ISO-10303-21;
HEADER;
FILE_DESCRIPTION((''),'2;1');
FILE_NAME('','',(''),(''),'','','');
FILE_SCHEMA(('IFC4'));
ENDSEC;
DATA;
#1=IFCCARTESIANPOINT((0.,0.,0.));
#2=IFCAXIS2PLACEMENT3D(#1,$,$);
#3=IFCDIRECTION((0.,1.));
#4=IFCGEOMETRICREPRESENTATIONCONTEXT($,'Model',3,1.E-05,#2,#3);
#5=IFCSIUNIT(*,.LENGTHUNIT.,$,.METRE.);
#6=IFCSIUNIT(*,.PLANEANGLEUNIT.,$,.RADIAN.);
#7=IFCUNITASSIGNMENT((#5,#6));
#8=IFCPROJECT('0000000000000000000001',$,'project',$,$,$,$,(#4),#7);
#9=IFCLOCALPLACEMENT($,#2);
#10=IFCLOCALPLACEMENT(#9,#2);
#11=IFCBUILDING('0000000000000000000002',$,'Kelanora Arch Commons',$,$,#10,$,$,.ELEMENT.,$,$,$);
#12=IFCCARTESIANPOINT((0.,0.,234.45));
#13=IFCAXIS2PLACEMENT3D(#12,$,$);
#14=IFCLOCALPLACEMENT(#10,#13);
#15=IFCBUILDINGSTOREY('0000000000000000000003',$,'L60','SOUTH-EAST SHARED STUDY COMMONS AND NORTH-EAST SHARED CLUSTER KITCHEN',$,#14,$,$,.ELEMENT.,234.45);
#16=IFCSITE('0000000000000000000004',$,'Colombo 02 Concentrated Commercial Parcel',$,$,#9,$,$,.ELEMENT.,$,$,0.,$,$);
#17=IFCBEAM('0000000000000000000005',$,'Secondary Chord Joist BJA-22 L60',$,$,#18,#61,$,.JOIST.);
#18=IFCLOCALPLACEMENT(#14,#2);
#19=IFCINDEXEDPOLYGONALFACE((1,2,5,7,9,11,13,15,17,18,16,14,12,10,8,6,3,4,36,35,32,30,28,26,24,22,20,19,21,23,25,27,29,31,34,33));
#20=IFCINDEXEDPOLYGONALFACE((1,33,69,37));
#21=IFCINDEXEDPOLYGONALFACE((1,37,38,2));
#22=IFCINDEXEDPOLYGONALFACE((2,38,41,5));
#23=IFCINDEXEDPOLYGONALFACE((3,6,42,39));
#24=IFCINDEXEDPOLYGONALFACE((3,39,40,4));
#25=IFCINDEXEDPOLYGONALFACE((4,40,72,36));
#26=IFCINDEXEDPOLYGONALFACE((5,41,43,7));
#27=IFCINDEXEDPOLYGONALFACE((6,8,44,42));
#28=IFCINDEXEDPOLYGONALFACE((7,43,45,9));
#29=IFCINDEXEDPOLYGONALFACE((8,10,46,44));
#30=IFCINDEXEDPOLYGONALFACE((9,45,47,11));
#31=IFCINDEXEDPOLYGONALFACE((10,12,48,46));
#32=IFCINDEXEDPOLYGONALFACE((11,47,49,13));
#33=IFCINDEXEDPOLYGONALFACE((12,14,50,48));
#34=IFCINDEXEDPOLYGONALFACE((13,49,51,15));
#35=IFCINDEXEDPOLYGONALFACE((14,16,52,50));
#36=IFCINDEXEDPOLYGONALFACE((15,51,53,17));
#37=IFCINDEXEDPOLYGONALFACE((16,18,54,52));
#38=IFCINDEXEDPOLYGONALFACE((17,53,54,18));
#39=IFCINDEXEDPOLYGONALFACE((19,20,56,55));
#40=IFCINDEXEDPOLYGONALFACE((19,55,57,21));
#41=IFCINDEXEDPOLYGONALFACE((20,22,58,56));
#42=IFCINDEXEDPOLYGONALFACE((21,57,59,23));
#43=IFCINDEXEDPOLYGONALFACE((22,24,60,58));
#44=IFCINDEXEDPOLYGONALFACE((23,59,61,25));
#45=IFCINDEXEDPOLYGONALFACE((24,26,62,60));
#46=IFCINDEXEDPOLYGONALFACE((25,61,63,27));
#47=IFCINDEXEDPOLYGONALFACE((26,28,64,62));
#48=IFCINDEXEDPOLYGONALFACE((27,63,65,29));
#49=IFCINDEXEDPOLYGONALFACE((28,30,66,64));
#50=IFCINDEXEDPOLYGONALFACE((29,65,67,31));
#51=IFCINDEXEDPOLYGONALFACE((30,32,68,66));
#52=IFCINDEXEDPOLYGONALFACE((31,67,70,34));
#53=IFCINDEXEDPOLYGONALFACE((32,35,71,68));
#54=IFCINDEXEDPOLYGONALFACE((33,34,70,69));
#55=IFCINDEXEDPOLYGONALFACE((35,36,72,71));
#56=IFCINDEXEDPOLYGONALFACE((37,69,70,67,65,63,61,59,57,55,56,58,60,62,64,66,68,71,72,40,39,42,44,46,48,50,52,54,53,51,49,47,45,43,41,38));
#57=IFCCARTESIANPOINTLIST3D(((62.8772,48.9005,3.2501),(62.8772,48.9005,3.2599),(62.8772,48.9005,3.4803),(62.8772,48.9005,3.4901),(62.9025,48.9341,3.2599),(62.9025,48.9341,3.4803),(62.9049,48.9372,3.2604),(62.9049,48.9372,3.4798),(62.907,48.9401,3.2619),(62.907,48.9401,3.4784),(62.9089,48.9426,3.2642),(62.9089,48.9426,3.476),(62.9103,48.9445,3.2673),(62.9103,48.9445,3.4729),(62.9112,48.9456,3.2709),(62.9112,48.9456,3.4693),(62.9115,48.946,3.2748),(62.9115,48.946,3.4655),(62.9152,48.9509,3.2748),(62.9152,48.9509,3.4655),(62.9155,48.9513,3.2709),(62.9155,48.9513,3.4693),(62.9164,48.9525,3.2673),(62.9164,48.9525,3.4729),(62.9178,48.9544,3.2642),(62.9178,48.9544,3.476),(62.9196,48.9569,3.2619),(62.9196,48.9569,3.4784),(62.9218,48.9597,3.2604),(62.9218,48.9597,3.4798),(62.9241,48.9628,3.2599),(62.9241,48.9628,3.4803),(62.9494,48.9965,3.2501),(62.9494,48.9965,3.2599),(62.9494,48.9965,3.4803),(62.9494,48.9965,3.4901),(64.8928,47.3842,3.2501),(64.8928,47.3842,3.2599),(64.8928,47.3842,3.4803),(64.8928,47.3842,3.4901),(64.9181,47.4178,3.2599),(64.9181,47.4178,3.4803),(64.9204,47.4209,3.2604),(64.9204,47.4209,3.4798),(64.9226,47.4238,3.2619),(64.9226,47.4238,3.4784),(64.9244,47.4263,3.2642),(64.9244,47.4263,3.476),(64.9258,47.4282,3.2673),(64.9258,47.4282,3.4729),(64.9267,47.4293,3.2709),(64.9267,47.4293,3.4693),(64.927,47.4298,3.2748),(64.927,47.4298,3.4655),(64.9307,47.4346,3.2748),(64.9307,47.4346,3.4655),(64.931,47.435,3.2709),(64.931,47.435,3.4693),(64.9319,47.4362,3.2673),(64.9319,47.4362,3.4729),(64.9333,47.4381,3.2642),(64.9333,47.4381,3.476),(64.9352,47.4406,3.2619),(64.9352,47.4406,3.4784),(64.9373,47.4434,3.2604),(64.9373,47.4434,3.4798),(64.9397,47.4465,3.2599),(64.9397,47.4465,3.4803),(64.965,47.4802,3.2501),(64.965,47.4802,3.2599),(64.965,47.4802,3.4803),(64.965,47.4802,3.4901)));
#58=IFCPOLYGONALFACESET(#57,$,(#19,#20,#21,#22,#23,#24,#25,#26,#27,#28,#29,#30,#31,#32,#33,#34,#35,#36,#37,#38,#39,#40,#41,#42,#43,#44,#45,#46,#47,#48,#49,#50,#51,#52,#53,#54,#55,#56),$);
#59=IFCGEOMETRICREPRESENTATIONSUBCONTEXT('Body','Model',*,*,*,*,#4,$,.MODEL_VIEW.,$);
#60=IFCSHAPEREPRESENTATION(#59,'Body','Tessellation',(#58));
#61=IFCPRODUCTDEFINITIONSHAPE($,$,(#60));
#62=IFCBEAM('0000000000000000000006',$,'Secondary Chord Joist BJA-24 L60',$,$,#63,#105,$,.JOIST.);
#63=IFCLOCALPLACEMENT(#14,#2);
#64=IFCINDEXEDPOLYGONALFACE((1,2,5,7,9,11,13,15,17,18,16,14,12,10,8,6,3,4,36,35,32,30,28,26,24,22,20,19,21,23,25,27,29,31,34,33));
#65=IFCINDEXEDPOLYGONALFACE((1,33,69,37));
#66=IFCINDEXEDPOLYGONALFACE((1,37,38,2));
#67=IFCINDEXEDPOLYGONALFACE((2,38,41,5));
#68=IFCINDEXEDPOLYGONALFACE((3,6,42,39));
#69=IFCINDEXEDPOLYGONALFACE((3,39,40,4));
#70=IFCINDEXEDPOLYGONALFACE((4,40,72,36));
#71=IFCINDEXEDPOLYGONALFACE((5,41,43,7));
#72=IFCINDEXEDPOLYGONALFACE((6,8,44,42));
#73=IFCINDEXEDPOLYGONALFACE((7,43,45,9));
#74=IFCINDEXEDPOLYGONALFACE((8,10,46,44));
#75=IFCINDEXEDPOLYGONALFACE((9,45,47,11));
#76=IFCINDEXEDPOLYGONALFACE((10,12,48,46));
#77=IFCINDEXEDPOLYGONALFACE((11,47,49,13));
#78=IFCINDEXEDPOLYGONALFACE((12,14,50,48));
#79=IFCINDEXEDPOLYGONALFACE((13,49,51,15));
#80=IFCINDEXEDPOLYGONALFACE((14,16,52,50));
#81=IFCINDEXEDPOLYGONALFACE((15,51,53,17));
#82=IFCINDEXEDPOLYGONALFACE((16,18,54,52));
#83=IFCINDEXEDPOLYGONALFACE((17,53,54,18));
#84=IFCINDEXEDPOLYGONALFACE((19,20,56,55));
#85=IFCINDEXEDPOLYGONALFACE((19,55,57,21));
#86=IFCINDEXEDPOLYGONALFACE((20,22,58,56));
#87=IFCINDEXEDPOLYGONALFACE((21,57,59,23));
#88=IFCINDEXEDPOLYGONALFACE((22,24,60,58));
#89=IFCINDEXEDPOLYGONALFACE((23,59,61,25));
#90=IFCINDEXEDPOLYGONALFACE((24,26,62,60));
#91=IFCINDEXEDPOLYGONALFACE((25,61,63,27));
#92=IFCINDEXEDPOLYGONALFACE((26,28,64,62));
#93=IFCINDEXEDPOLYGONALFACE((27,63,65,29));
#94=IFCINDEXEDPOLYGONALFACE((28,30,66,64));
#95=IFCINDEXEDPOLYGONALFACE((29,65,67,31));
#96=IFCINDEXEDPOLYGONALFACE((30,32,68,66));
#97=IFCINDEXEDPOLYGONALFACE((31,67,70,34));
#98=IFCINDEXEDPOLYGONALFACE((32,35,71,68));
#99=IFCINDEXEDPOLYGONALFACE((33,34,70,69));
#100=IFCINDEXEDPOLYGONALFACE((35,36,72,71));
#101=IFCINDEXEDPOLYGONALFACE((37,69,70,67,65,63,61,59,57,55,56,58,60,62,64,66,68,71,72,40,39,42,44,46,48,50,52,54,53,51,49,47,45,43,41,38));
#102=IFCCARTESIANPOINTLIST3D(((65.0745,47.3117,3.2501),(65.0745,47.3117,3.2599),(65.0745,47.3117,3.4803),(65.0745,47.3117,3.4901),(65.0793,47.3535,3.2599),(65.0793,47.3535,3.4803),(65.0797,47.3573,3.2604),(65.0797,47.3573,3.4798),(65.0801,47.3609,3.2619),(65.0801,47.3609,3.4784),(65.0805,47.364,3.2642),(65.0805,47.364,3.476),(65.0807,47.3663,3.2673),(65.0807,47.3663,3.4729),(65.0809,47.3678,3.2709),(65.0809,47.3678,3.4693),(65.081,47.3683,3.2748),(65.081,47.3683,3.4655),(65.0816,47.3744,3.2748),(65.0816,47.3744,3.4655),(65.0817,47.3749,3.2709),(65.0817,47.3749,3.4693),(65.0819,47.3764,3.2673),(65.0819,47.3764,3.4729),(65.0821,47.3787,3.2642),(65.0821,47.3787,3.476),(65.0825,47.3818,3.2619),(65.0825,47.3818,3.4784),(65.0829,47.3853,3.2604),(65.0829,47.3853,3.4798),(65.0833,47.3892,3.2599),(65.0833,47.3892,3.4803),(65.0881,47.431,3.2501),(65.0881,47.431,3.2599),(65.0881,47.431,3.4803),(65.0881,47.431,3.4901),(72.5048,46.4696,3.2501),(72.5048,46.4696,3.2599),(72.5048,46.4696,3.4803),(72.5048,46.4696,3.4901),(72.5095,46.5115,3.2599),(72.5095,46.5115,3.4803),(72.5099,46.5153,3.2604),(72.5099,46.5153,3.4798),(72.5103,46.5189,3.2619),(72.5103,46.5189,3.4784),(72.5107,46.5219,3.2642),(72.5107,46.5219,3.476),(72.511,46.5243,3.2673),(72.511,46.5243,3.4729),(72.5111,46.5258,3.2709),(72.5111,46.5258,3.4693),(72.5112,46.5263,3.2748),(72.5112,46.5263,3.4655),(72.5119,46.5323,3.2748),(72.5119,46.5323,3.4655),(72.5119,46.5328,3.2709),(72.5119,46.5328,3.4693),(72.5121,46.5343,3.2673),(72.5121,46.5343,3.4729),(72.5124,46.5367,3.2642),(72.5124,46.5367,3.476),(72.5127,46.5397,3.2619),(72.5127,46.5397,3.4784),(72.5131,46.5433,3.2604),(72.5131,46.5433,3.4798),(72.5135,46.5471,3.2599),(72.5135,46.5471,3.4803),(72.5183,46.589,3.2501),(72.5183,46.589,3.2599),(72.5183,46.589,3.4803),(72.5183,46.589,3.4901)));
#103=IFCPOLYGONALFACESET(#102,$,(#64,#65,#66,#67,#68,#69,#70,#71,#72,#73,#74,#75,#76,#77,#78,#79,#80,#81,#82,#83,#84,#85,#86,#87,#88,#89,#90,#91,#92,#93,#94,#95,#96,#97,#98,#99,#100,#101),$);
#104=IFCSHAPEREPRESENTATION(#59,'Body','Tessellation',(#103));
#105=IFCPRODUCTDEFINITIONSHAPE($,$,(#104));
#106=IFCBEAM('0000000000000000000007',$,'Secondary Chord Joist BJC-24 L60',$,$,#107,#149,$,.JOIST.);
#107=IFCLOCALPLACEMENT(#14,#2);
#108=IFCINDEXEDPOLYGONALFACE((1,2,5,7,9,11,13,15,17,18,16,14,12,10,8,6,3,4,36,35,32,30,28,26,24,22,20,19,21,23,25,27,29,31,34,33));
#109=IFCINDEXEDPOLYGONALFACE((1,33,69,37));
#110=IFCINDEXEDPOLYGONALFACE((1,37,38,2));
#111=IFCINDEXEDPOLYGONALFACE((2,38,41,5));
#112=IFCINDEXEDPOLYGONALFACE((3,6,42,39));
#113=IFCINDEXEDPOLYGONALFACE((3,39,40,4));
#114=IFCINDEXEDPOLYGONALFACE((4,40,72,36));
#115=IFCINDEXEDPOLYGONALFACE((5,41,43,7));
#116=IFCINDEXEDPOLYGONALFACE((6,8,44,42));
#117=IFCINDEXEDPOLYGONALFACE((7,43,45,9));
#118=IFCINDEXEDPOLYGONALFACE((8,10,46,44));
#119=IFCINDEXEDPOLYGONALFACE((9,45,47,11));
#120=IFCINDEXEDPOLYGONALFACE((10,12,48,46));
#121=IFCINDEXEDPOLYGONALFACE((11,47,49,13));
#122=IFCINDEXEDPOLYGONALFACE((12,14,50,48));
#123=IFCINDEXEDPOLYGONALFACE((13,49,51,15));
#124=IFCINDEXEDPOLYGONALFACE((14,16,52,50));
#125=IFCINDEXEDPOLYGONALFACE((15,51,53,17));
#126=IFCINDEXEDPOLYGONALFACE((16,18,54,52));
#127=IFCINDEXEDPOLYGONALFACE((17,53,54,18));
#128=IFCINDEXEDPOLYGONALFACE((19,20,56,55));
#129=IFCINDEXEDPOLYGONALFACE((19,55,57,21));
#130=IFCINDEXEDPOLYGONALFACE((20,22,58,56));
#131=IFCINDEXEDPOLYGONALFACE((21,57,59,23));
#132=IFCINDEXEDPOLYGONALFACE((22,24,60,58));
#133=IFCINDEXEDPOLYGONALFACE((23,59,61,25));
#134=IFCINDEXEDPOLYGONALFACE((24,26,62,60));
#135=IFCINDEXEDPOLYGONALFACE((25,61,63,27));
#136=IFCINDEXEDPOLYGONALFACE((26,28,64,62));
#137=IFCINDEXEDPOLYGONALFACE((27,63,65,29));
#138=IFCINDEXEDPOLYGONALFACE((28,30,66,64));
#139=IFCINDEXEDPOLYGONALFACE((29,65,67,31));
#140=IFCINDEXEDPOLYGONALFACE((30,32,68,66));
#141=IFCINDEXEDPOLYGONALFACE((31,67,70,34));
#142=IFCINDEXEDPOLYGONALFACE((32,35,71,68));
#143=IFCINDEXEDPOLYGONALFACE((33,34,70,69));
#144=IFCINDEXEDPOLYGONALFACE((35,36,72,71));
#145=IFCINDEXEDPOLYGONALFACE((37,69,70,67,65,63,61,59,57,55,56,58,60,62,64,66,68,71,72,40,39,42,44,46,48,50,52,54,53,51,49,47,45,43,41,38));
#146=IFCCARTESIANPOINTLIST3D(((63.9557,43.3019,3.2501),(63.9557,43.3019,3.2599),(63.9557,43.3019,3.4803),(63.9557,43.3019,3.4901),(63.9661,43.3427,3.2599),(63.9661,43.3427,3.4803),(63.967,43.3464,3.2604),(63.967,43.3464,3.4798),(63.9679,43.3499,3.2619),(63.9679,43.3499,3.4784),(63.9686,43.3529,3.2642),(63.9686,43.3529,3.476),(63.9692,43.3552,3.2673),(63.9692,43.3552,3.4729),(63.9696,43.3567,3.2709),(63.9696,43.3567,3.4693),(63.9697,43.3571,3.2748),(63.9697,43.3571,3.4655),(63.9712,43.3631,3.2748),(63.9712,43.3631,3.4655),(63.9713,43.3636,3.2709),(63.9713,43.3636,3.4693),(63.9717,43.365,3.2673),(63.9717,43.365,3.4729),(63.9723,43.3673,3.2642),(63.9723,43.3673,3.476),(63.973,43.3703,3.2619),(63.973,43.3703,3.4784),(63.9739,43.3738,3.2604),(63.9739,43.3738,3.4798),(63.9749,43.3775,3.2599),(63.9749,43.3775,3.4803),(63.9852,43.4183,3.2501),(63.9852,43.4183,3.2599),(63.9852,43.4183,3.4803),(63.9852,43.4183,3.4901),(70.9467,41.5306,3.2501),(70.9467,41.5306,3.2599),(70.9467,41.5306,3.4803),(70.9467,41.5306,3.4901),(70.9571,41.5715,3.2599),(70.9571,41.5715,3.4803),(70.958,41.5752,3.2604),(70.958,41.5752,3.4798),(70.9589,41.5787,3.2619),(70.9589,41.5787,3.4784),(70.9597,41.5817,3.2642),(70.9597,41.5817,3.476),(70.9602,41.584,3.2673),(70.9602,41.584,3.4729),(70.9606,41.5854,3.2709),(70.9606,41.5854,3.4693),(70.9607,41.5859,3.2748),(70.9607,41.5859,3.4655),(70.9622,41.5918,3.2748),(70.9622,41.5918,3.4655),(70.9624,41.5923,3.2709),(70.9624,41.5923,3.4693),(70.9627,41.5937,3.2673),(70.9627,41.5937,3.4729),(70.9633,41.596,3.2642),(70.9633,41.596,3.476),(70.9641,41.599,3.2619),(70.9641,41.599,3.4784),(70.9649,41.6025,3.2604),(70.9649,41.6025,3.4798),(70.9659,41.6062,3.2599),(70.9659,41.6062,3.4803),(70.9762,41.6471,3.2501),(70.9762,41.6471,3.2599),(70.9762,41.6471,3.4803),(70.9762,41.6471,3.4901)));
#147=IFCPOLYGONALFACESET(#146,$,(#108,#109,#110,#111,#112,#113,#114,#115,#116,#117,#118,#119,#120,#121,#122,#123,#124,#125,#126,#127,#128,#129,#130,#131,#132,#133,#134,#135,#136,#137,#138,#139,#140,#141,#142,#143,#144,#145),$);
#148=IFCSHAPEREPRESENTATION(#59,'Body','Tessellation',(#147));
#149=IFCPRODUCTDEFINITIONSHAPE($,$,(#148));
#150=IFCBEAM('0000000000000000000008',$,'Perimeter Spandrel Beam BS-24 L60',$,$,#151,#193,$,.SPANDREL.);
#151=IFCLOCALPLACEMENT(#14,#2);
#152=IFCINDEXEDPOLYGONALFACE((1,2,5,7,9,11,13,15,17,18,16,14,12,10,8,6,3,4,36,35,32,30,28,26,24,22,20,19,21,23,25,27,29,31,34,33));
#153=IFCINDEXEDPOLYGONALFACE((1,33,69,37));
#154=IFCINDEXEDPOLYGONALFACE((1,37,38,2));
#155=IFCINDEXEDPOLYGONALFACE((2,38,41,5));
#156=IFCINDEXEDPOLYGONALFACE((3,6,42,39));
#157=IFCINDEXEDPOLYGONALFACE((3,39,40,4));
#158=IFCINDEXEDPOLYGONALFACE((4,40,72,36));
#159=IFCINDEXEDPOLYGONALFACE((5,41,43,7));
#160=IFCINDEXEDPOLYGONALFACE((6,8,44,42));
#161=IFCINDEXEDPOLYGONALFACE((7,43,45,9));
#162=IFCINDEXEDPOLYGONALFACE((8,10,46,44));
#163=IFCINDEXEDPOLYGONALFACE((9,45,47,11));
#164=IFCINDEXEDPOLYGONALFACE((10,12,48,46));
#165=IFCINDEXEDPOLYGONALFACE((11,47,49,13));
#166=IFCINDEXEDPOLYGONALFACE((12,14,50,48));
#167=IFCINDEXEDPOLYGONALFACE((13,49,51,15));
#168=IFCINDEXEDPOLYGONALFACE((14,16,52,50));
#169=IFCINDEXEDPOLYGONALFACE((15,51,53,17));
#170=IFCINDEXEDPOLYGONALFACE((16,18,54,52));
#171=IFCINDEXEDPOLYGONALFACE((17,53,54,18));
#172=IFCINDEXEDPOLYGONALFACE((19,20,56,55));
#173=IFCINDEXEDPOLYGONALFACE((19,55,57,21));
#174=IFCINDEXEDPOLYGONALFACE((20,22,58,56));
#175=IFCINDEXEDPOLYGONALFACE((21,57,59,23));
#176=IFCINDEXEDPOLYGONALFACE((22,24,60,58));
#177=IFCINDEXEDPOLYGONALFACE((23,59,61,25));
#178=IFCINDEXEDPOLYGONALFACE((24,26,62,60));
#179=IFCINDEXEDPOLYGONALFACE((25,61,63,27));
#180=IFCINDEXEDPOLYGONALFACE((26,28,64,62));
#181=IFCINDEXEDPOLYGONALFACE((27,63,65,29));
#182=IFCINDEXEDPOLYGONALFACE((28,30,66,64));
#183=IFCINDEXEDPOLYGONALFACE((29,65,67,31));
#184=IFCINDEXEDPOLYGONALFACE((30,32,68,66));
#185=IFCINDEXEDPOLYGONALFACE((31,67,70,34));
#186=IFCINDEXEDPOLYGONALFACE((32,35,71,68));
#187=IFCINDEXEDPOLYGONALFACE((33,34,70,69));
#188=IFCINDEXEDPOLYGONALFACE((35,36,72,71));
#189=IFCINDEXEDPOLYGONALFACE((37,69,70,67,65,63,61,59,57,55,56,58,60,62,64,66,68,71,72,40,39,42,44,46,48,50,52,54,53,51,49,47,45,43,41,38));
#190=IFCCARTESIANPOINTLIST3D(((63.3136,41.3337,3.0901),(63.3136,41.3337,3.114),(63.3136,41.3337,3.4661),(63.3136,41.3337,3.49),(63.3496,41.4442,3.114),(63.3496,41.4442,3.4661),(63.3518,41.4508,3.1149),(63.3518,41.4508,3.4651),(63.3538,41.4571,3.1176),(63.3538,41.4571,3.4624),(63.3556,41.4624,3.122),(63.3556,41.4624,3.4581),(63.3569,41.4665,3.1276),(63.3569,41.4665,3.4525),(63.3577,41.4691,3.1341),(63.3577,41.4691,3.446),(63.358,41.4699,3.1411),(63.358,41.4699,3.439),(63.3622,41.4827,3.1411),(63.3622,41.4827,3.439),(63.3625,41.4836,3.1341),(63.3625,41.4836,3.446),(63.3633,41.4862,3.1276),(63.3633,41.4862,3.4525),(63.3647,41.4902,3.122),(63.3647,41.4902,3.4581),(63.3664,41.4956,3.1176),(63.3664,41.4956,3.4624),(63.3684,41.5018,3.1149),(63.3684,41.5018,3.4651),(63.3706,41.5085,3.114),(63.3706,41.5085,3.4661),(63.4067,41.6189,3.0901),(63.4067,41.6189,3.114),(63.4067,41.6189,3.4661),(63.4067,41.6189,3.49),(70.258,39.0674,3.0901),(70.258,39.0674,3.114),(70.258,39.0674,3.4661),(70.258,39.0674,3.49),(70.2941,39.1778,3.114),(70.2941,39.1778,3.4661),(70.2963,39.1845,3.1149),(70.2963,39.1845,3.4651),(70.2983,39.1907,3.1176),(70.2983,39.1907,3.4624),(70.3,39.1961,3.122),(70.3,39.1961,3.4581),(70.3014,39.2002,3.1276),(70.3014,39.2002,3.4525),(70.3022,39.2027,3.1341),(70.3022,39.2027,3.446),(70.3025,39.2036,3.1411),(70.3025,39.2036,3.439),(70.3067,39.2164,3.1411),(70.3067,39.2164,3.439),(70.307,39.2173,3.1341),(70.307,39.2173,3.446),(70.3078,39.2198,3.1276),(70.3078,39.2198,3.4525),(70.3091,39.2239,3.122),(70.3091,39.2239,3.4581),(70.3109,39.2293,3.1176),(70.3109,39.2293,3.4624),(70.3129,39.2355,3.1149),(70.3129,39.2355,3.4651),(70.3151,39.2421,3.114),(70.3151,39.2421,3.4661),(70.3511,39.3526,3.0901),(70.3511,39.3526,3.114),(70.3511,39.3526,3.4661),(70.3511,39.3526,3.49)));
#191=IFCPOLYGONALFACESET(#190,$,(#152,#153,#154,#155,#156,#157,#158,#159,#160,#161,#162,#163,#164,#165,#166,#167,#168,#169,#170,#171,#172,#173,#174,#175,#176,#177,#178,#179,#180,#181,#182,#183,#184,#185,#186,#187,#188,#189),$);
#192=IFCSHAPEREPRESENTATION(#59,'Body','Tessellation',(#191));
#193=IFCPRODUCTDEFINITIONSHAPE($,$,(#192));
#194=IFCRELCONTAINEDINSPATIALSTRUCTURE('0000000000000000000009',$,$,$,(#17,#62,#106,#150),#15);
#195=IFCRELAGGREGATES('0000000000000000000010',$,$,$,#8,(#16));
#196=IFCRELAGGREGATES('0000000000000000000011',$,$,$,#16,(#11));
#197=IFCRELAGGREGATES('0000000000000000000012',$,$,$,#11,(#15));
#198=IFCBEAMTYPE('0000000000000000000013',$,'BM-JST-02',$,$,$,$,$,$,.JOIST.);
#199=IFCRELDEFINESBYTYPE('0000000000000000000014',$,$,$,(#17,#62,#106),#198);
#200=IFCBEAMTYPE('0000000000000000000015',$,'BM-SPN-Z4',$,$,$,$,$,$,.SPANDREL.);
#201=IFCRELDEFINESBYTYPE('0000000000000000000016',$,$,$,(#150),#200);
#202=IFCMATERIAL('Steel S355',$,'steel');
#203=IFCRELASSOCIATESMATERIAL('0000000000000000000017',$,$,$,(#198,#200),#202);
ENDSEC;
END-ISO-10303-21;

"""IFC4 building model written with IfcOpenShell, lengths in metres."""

from ifc_helpers import new_model, si_unit, direction, frame, origin, origin_2d, place, context, subcontext, project, spatial, i_section, extrude, material, material_profile, profile_set, type_object, element, save


model = new_model("IFC4")

# Units and contexts
model_context = context("Model", 3, precision=1e-05, world=origin(), true_north=direction((0.0, 1.0)))
body_context = subcontext(model_context, "Body", "Model", "MODEL_VIEW")
ifc_project = project(units=[si_unit("LENGTHUNIT", "METRE"), si_unit("PLANEANGLEUNIT", "RADIAN")], contexts=[model_context])

# Site, building, storey
site_placement = place(None, origin())
site = spatial("IfcSite", under=ifc_project, at=site_placement, Name="Colombo 02 Concentrated Commercial Parcel", CompositionType="ELEMENT", RefElevation=0.0)
building_placement = place(site_placement, origin())
building = spatial("IfcBuilding", under=site, at=building_placement, Name="Kelanora Arch Commons", CompositionType="ELEMENT")
storey_placement = place(building_placement, frame((0.0, 0.0, 234.45)))
storey = spatial("IfcBuildingStorey", under=building, at=storey_placement, Name="L60", Description="SOUTH-EAST SHARED STUDY COMMONS AND NORTH-EAST SHARED CLUSTER KITCHEN", CompositionType="ELEMENT", Elevation=234.45)

# Beams
ifc_material_1 = material(Name="Steel S355", Category="steel")
ifc_material_profile_1 = material_profile(ifc_material_1, i_section(OverallWidth=0.1201, OverallDepth=0.24, WebThickness=0.0061, FlangeThickness=0.0098, FilletRadius=0.0149, at=origin_2d()), Name="IPE240")
ifc_profile_set_1 = profile_set([ifc_material_profile_1], Name="Steel S355")
beam_type_1 = type_object("IfcBeamType", Name="BM-JST-02", PredefinedType="JOIST", material=ifc_profile_set_1)
beam_1_placement = place(storey_placement, frame((62.9133, 48.9485, 3.3701), z_axis=(0.799116, -0.601176, 0.0), x_axis=(0.601176, 0.799116, 0.0)))
element("IfcBeam", 1, at=beam_1_placement, inside=storey, type_object=beam_type_1, Name="Secondary Chord Joist BJA-22 L60", PredefinedType="JOIST", context=body_context, shape_type="SweptSolid", body=[
    extrude(i_section(OverallWidth=0.1201, OverallDepth=0.24, WebThickness=0.0061, FlangeThickness=0.0098, FilletRadius=0.0149, at=origin_2d()), origin(), (0.0, 0.0, 1.0), 2.5222),
])
beam_2_placement = place(storey_placement, frame((65.0813, 47.3713, 3.3701), z_axis=(0.99364, -0.112606, 0.0), x_axis=(0.112606, 0.99364, 0.0)))
element("IfcBeam", 2, at=beam_2_placement, inside=storey, type_object=beam_type_1, Name="Secondary Chord Joist BJA-24 L60", PredefinedType="JOIST", context=body_context, shape_type="SweptSolid", body=[
    extrude(i_section(OverallWidth=0.1201, OverallDepth=0.24, WebThickness=0.0061, FlangeThickness=0.0098, FilletRadius=0.0149, at=origin_2d()), origin(), (0.0, 0.0, 1.0), 7.4778),
])
beam_3_placement = place(storey_placement, frame((63.9705, 43.3601, 3.3701), z_axis=(0.969371, -0.245601, 0.0), x_axis=(0.245601, 0.969371, 0.0)))
element("IfcBeam", 3, at=beam_3_placement, inside=storey, type_object=beam_type_1, Name="Secondary Chord Joist BJC-24 L60", PredefinedType="JOIST", context=body_context, shape_type="SweptSolid", body=[
    extrude(i_section(OverallWidth=0.1201, OverallDepth=0.24, WebThickness=0.0061, FlangeThickness=0.0098, FilletRadius=0.0149, at=origin_2d()), origin(), (0.0, 0.0, 1.0), 7.2119),
])
ifc_material_profile_2 = material_profile(ifc_material_1, i_section(OverallWidth=0.3, OverallDepth=0.3999, WebThickness=0.0134, FlangeThickness=0.0239, FilletRadius=0.0271, at=origin_2d()), Name="HEB400")
ifc_profile_set_2 = profile_set([ifc_material_profile_2], Name="Steel S355")
beam_type_2 = type_object("IfcBeamType", Name="BM-SPN-Z4", PredefinedType="SPANDREL", material=ifc_profile_set_2)
beam_4_placement = place(storey_placement, frame((63.3601, 41.4763, 3.29), z_axis=(0.950656, -0.310246, 0.0), x_axis=(0.310246, 0.950656, 0.0)))
element("IfcBeam", 4, at=beam_4_placement, inside=storey, type_object=beam_type_2, Name="Perimeter Spandrel Beam BS-24 L60", PredefinedType="SPANDREL", context=body_context, shape_type="SweptSolid", body=[
    extrude(i_section(OverallWidth=0.3, OverallDepth=0.3999, WebThickness=0.0134, FlangeThickness=0.0239, FilletRadius=0.0271, at=origin_2d()), origin(), (0.0, 0.0, 1.0), 7.3049),
])

save(model, "model.ifc")
